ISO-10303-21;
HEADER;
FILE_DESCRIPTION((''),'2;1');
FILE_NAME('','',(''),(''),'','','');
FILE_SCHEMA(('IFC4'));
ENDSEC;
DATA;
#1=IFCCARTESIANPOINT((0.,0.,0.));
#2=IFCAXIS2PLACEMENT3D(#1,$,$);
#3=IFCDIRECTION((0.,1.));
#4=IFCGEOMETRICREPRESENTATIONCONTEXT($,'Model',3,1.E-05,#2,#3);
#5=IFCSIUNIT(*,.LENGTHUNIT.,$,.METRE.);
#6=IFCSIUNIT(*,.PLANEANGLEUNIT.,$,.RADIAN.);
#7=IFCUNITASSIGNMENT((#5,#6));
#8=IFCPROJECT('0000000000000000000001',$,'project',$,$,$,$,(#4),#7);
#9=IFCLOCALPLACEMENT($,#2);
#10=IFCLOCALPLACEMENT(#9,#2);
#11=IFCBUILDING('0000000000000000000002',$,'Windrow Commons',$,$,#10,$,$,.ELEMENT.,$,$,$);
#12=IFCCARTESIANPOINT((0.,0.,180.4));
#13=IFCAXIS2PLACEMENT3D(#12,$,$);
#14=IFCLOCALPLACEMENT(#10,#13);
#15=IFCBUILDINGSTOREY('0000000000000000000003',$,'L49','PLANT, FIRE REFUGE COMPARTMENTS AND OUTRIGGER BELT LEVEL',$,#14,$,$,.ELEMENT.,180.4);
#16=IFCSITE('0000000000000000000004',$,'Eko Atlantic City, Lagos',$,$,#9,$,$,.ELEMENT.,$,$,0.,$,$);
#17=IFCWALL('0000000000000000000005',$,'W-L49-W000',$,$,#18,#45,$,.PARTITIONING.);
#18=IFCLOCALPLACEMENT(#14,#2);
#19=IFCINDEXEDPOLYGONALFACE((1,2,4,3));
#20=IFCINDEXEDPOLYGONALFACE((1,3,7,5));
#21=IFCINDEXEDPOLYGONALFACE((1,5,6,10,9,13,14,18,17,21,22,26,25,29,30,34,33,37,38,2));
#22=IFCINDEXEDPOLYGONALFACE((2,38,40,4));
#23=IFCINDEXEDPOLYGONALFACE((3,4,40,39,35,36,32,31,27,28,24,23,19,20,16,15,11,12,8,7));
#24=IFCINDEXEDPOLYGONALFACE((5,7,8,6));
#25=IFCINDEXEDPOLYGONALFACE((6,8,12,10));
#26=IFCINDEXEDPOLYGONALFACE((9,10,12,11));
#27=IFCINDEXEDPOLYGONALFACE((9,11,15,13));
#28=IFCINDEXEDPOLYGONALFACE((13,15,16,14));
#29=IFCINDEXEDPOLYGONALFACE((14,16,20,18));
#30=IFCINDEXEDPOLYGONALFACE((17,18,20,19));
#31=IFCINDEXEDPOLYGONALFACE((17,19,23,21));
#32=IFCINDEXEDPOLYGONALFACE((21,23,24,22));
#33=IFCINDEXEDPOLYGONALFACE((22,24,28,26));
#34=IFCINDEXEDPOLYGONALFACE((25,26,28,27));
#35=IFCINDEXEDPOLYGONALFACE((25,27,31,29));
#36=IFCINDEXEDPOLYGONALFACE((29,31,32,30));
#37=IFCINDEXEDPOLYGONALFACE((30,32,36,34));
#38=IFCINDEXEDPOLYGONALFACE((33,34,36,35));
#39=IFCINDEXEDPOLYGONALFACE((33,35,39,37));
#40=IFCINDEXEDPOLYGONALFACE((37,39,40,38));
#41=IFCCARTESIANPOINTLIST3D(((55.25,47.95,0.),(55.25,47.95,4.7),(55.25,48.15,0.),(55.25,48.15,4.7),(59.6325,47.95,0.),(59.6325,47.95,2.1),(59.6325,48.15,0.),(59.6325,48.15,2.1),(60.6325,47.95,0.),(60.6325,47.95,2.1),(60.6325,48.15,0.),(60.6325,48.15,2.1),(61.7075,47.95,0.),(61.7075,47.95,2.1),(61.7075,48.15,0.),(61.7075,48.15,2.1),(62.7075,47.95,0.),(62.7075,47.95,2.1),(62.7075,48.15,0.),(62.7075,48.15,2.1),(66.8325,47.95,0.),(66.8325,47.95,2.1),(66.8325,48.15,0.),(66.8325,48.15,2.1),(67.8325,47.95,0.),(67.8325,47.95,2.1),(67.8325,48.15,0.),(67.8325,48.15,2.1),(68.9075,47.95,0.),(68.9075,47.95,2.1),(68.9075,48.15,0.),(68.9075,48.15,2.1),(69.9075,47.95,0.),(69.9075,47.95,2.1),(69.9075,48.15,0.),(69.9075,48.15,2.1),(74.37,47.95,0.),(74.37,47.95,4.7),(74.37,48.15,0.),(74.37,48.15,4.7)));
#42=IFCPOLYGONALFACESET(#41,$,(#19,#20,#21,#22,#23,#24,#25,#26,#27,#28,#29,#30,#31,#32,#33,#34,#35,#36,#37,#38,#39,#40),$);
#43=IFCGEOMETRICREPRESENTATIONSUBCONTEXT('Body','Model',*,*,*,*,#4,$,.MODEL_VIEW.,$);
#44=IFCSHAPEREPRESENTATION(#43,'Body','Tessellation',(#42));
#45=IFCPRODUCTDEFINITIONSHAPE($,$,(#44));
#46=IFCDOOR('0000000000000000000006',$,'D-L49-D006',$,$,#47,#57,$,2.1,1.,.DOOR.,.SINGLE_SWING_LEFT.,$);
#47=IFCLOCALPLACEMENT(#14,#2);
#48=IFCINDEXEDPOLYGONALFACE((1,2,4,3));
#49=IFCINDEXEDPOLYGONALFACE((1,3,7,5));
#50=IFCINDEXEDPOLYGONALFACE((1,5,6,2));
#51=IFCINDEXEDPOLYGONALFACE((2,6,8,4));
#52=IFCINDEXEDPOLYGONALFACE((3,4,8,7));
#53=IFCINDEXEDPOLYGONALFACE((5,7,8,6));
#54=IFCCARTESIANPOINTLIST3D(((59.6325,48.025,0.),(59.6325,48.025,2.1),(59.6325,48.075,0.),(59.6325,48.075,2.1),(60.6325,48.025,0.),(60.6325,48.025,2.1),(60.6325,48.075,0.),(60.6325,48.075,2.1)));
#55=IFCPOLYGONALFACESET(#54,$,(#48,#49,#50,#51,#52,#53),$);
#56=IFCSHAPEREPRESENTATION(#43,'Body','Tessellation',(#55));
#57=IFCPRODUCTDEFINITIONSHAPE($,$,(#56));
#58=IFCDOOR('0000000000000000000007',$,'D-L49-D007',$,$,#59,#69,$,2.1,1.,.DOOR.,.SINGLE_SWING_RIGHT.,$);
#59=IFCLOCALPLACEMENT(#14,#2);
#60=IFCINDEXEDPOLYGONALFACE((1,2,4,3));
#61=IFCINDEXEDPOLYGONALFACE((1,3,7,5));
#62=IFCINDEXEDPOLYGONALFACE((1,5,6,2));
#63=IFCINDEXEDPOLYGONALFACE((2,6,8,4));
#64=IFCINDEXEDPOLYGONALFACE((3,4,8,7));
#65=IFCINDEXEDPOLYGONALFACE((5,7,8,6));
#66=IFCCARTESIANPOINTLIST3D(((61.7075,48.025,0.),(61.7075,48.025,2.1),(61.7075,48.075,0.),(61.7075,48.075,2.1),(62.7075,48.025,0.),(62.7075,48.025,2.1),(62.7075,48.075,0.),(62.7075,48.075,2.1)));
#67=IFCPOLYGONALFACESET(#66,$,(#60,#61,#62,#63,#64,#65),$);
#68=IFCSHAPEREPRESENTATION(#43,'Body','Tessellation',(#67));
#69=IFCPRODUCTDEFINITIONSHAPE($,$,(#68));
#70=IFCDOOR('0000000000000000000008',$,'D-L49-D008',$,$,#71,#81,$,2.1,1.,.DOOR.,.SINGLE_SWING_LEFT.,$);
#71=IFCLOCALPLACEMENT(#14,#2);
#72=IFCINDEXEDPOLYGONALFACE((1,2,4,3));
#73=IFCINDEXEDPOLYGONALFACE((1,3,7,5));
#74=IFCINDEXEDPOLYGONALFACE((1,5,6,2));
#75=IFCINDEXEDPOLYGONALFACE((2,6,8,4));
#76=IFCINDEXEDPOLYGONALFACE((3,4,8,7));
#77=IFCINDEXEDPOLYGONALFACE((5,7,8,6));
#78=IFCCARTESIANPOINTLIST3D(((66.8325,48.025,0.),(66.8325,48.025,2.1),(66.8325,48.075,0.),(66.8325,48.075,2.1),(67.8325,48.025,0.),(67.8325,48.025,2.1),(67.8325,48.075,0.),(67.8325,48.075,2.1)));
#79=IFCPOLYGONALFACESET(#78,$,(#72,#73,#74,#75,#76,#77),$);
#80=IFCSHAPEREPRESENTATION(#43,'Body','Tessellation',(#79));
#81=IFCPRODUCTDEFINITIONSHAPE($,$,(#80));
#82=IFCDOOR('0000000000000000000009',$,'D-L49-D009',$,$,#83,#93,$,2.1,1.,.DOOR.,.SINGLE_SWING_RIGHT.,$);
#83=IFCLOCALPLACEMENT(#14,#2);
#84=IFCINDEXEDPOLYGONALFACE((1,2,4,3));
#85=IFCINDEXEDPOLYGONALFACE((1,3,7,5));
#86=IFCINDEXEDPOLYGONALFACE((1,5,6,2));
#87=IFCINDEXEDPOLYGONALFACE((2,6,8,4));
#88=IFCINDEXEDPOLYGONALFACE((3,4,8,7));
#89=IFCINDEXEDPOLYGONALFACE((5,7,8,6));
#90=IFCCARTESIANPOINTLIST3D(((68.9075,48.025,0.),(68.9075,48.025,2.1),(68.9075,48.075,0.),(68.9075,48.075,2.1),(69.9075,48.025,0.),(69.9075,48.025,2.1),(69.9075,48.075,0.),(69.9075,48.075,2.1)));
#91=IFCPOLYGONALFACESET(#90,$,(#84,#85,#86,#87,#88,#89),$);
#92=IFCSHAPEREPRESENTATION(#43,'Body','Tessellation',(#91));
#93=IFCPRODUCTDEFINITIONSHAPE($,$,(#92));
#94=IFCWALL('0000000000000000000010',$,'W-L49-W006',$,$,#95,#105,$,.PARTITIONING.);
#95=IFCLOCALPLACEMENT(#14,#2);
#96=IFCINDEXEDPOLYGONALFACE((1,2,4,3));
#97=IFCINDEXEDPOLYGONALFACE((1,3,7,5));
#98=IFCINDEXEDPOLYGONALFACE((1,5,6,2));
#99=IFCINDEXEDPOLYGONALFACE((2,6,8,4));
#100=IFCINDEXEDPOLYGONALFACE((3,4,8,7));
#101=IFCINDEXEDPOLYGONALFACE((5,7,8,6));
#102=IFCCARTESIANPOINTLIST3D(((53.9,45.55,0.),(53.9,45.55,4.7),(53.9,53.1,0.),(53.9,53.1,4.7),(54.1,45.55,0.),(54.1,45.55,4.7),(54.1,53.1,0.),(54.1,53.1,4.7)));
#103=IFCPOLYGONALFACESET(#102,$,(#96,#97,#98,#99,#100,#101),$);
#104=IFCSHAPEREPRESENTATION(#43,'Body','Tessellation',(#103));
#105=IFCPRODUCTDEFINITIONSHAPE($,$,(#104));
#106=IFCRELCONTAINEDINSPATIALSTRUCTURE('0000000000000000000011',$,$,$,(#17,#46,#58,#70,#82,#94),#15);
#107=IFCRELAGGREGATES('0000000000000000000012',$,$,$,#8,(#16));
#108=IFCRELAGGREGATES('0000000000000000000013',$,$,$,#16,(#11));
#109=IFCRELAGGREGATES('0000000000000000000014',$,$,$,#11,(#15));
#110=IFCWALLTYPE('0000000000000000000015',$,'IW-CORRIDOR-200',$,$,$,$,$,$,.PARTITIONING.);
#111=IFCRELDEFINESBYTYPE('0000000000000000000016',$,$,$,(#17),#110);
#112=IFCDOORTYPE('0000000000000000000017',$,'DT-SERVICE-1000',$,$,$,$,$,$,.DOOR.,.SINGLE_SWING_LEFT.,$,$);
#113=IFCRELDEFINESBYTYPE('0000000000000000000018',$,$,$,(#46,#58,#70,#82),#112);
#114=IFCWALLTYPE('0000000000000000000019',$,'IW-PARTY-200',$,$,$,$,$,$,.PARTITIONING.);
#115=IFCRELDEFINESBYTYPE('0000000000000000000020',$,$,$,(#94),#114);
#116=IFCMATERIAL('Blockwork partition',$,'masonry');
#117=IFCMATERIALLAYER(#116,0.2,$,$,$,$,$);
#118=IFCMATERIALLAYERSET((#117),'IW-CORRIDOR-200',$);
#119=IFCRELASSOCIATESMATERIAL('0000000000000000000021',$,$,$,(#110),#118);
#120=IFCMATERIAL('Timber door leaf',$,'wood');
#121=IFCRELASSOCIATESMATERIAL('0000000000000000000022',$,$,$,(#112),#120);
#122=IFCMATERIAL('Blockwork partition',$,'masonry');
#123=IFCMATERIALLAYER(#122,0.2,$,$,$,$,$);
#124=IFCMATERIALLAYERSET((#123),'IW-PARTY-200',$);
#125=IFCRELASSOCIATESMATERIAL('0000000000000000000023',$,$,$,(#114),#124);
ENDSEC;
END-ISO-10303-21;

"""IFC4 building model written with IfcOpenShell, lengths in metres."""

from ifc_helpers import new_model, si_unit, direction, frame, frame_2d, origin, place, context, subcontext, project, spatial, rectangle, extrude, material, layer, layer_set, type_object, element, fill, save


model = new_model("IFC4")

# Units and contexts
model_context = context("Model", 3, precision=1e-05, world=origin(), true_north=direction((0.0, 1.0)))
body_context = subcontext(model_context, "Body", "Model", "MODEL_VIEW")
ifc_project = project(units=[si_unit("LENGTHUNIT", "METRE"), si_unit("PLANEANGLEUNIT", "RADIAN")], contexts=[model_context])

# Site, building, storey
site_placement = place(None, origin())
site = spatial("IfcSite", under=ifc_project, at=site_placement, Name="Eko Atlantic City, Lagos", CompositionType="ELEMENT", RefElevation=0.0)
building_placement = place(site_placement, origin())
building = spatial("IfcBuilding", under=site, at=building_placement, Name="Windrow Commons", CompositionType="ELEMENT")
storey_placement = place(building_placement, frame((0.0, 0.0, 180.4)))
storey = spatial("IfcBuildingStorey", under=building, at=storey_placement, Name="L49", Description="PLANT, FIRE REFUGE COMPARTMENTS AND OUTRIGGER BELT LEVEL", CompositionType="ELEMENT", Elevation=180.4)

# Wall, openings, doors
ifc_material_1 = material(Name="Blockwork partition", Category="masonry")
ifc_layer_1 = layer(ifc_material_1, 0.2)
ifc_layer_set_1 = layer_set([ifc_layer_1], Name="IW-CORRIDOR-200")
wall_type_1 = type_object("IfcWallType", Name="IW-CORRIDOR-200", PredefinedType="PARTITIONING", material=ifc_layer_set_1)
wall_1_placement = place(storey_placement, frame((55.25, 48.05, 0.0), z_axis=(0.0, 0.0, 1.0), x_axis=(1.0, 0.0, 0.0)))
wall_1 = element("IfcWall", 1, at=wall_1_placement, inside=storey, type_object=wall_type_1, Name="W-L49-W000", PredefinedType="PARTITIONING", context=body_context, shape_type="SweptSolid", body=[
    extrude(rectangle(XDim=19.12, YDim=0.2, at=frame_2d((9.56, 0.0))), origin(), (0.0, 0.0, 1.0), 4.7),
])
opening_1_placement = place(wall_1_placement, frame((4.3825, 0.0, 0.0)))
opening_1 = element("IfcOpeningElement", 2, at=opening_1_placement, cuts=wall_1, PredefinedType="OPENING", context=body_context, shape_type="SweptSolid", body=[
    extrude(rectangle(XDim=1.0, YDim=2.1, at=frame_2d((0.5, 1.05))), frame((0.0, 0.11, 0.0), z_axis=(0.0, -1.0, 0.0), x_axis=(1.0, 0.0, 0.0)), (0.0, 0.0, 1.0), 0.22),
])
opening_2_placement = place(wall_1_placement, frame((6.4575, 0.0, 0.0)))
opening_2 = element("IfcOpeningElement", 3, at=opening_2_placement, cuts=wall_1, PredefinedType="OPENING", context=body_context, shape_type="SweptSolid", body=[
    extrude(rectangle(XDim=1.0, YDim=2.1, at=frame_2d((0.5, 1.05))), frame((0.0, 0.11, 0.0), z_axis=(0.0, -1.0, 0.0), x_axis=(1.0, 0.0, 0.0)), (0.0, 0.0, 1.0), 0.22),
])
opening_3_placement = place(wall_1_placement, frame((11.5825, 0.0, 0.0)))
opening_3 = element("IfcOpeningElement", 4, at=opening_3_placement, cuts=wall_1, PredefinedType="OPENING", context=body_context, shape_type="SweptSolid", body=[
    extrude(rectangle(XDim=1.0, YDim=2.1, at=frame_2d((0.5, 1.05))), frame((0.0, 0.11, 0.0), z_axis=(0.0, -1.0, 0.0), x_axis=(1.0, 0.0, 0.0)), (0.0, 0.0, 1.0), 0.22),
])
opening_4_placement = place(wall_1_placement, frame((13.6575, 0.0, 0.0)))
opening_4 = element("IfcOpeningElement", 5, at=opening_4_placement, cuts=wall_1, PredefinedType="OPENING", context=body_context, shape_type="SweptSolid", body=[
    extrude(rectangle(XDim=1.0, YDim=2.1, at=frame_2d((0.5, 1.05))), frame((0.0, 0.11, 0.0), z_axis=(0.0, -1.0, 0.0), x_axis=(1.0, 0.0, 0.0)), (0.0, 0.0, 1.0), 0.22),
])
ifc_material_2 = material(Name="Timber door leaf", Category="wood")
door_type = type_object("IfcDoorType", Name="DT-SERVICE-1000", OperationType="SINGLE_SWING_LEFT", PredefinedType="DOOR", material=ifc_material_2)
door_1_placement = place(opening_1_placement, origin())
door_1 = element("IfcDoor", 6, at=door_1_placement, inside=storey, type_object=door_type, Name="D-L49-D006", OperationType="SINGLE_SWING_LEFT", OverallHeight=2.1, OverallWidth=1.0, PredefinedType="DOOR", context=body_context, shape_type="SweptSolid", body=[
    extrude(rectangle(XDim=1.0, YDim=2.1, at=frame_2d((0.5, 1.05))), frame((0.0, 0.025, 0.0), z_axis=(0.0, -1.0, 0.0), x_axis=(1.0, 0.0, 0.0)), (0.0, 0.0, 1.0), 0.05),
])
fill(opening_1, door_1)
door_2_placement = place(opening_2_placement, origin())
door_2 = element("IfcDoor", 7, at=door_2_placement, inside=storey, type_object=door_type, Name="D-L49-D007", OperationType="SINGLE_SWING_RIGHT", OverallHeight=2.1, OverallWidth=1.0, PredefinedType="DOOR", context=body_context, shape_type="SweptSolid", body=[
    extrude(rectangle(XDim=1.0, YDim=2.1, at=frame_2d((0.5, 1.05))), frame((0.0, 0.025, 0.0), z_axis=(0.0, -1.0, 0.0), x_axis=(1.0, 0.0, 0.0)), (0.0, 0.0, 1.0), 0.05),
])
fill(opening_2, door_2)
door_3_placement = place(opening_3_placement, origin())
door_3 = element("IfcDoor", 8, at=door_3_placement, inside=storey, type_object=door_type, Name="D-L49-D008", OperationType="SINGLE_SWING_LEFT", OverallHeight=2.1, OverallWidth=1.0, PredefinedType="DOOR", context=body_context, shape_type="SweptSolid", body=[
    extrude(rectangle(XDim=1.0, YDim=2.1, at=frame_2d((0.5, 1.05))), frame((0.0, 0.025, 0.0), z_axis=(0.0, -1.0, 0.0), x_axis=(1.0, 0.0, 0.0)), (0.0, 0.0, 1.0), 0.05),
])
fill(opening_3, door_3)
door_4_placement = place(opening_4_placement, origin())
door_4 = element("IfcDoor", 9, at=door_4_placement, inside=storey, type_object=door_type, Name="D-L49-D009", OperationType="SINGLE_SWING_RIGHT", OverallHeight=2.1, OverallWidth=1.0, PredefinedType="DOOR", context=body_context, shape_type="SweptSolid", body=[
    extrude(rectangle(XDim=1.0, YDim=2.1, at=frame_2d((0.5, 1.05))), frame((0.0, 0.025, 0.0), z_axis=(0.0, -1.0, 0.0), x_axis=(1.0, 0.0, 0.0)), (0.0, 0.0, 1.0), 0.05),
])
fill(opening_4, door_4)

# Wall
ifc_material_3 = material(Name="Blockwork partition", Category="masonry")
ifc_layer_2 = layer(ifc_material_3, 0.2)
ifc_layer_set_2 = layer_set([ifc_layer_2], Name="IW-PARTY-200")
wall_type_2 = type_object("IfcWallType", Name="IW-PARTY-200", PredefinedType="PARTITIONING", material=ifc_layer_set_2)
wall_2_placement = place(storey_placement, frame((54.0, 45.55, 0.0), z_axis=(0.0, 0.0, 1.0), x_axis=(0.0, 1.0, 0.0)))
element("IfcWall", 10, at=wall_2_placement, inside=storey, type_object=wall_type_2, Name="W-L49-W006", PredefinedType="PARTITIONING", context=body_context, shape_type="SweptSolid", body=[
    extrude(rectangle(XDim=7.55, YDim=0.2, at=frame_2d((3.775, 0.0))), origin(), (0.0, 0.0, 1.0), 4.7),
])

save(model, "model.ifc")
